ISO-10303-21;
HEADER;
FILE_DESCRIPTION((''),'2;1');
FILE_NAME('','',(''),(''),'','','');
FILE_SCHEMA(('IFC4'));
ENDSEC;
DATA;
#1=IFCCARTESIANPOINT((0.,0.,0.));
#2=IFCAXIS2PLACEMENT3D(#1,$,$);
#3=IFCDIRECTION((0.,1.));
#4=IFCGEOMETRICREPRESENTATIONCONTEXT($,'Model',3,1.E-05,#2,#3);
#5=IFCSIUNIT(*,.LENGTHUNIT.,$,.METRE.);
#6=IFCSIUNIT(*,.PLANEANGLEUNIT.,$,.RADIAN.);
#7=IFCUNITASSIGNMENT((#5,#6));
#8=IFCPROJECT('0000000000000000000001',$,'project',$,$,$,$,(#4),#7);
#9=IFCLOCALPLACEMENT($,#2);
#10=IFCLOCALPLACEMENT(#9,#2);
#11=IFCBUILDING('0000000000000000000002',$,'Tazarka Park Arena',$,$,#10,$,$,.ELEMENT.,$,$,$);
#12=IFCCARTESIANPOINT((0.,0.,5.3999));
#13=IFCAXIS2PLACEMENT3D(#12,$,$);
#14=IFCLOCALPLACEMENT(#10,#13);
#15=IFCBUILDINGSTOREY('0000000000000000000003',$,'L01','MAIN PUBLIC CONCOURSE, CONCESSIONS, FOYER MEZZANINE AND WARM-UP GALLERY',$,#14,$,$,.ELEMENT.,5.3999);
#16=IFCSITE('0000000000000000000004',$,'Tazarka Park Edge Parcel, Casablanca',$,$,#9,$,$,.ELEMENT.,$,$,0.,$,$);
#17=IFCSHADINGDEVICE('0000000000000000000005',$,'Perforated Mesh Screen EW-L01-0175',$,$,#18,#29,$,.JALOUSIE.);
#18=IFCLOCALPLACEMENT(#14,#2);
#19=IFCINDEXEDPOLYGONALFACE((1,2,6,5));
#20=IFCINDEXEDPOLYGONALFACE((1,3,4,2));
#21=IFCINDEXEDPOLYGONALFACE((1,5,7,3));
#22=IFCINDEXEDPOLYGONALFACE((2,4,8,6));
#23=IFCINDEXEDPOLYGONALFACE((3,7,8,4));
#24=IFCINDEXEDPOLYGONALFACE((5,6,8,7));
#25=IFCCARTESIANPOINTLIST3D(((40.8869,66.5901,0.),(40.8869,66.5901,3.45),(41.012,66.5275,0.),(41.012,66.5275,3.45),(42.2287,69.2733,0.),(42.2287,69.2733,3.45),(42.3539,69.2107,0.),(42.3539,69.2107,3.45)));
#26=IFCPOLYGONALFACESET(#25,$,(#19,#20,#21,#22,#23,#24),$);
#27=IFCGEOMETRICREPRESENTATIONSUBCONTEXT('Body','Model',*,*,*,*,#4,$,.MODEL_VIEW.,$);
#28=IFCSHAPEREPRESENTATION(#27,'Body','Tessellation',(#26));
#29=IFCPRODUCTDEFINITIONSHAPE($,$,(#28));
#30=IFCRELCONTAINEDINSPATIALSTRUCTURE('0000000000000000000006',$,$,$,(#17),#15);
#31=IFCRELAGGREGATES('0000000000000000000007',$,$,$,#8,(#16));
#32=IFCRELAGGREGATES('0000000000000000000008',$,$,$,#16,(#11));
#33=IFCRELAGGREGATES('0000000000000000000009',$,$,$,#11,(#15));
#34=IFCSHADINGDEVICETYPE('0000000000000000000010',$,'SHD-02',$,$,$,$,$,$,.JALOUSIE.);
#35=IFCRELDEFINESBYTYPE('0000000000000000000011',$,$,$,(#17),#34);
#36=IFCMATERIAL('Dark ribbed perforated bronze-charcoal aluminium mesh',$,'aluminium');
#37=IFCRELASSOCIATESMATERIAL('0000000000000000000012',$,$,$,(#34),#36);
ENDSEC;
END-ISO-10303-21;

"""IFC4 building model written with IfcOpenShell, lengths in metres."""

from ifc_helpers import new_model, si_unit, direction, frame, origin, origin_2d, place, context, subcontext, project, spatial, rectangle, extrude, material, type_object, element, save


model = new_model("IFC4")

# Units and contexts
model_context = context("Model", 3, precision=1e-05, world=origin(), true_north=direction((0.0, 1.0)))
body_context = subcontext(model_context, "Body", "Model", "MODEL_VIEW")
ifc_project = project(units=[si_unit("LENGTHUNIT", "METRE"), si_unit("PLANEANGLEUNIT", "RADIAN")], contexts=[model_context])

# Site, building, storey
site_placement = place(None, origin())
site = spatial("IfcSite", under=ifc_project, at=site_placement, Name="Tazarka Park Edge Parcel, Casablanca", CompositionType="ELEMENT", RefElevation=0.0)
building_placement = place(site_placement, origin())
building = spatial("IfcBuilding", under=site, at=building_placement, Name="Tazarka Park Arena", CompositionType="ELEMENT")
storey_placement = place(building_placement, frame((0.0, 0.0, 5.3999)))
storey = spatial("IfcBuildingStorey", under=building, at=storey_placement, Name="L01", Description="MAIN PUBLIC CONCOURSE, CONCESSIONS, FOYER MEZZANINE AND WARM-UP GALLERY", CompositionType="ELEMENT", Elevation=5.3999)

# Shading device
ifc_material_1 = material(Name="Dark ribbed perforated bronze-charcoal aluminium mesh", Category="aluminium")
shading_device_type = type_object("IfcShadingDeviceType", Name="SHD-02", PredefinedType="JALOUSIE", material=ifc_material_1)
shading_device_placement = place(storey_placement, frame((41.6204, 67.9004, 0.0), z_axis=(0.0, 0.0, 1.0), x_axis=(0.447291, 0.894389, 0.0)))
element("IfcShadingDevice", 1, at=shading_device_placement, inside=storey, type_object=shading_device_type, Name="Perforated Mesh Screen EW-L01-0175", PredefinedType="JALOUSIE", context=body_context, shape_type="SweptSolid", body=[
    extrude(rectangle(XDim=3.0, YDim=0.1399, at=origin_2d()), origin(), (0.0, 0.0, 1.0), 3.45),
])

save(model, "model.ifc")
